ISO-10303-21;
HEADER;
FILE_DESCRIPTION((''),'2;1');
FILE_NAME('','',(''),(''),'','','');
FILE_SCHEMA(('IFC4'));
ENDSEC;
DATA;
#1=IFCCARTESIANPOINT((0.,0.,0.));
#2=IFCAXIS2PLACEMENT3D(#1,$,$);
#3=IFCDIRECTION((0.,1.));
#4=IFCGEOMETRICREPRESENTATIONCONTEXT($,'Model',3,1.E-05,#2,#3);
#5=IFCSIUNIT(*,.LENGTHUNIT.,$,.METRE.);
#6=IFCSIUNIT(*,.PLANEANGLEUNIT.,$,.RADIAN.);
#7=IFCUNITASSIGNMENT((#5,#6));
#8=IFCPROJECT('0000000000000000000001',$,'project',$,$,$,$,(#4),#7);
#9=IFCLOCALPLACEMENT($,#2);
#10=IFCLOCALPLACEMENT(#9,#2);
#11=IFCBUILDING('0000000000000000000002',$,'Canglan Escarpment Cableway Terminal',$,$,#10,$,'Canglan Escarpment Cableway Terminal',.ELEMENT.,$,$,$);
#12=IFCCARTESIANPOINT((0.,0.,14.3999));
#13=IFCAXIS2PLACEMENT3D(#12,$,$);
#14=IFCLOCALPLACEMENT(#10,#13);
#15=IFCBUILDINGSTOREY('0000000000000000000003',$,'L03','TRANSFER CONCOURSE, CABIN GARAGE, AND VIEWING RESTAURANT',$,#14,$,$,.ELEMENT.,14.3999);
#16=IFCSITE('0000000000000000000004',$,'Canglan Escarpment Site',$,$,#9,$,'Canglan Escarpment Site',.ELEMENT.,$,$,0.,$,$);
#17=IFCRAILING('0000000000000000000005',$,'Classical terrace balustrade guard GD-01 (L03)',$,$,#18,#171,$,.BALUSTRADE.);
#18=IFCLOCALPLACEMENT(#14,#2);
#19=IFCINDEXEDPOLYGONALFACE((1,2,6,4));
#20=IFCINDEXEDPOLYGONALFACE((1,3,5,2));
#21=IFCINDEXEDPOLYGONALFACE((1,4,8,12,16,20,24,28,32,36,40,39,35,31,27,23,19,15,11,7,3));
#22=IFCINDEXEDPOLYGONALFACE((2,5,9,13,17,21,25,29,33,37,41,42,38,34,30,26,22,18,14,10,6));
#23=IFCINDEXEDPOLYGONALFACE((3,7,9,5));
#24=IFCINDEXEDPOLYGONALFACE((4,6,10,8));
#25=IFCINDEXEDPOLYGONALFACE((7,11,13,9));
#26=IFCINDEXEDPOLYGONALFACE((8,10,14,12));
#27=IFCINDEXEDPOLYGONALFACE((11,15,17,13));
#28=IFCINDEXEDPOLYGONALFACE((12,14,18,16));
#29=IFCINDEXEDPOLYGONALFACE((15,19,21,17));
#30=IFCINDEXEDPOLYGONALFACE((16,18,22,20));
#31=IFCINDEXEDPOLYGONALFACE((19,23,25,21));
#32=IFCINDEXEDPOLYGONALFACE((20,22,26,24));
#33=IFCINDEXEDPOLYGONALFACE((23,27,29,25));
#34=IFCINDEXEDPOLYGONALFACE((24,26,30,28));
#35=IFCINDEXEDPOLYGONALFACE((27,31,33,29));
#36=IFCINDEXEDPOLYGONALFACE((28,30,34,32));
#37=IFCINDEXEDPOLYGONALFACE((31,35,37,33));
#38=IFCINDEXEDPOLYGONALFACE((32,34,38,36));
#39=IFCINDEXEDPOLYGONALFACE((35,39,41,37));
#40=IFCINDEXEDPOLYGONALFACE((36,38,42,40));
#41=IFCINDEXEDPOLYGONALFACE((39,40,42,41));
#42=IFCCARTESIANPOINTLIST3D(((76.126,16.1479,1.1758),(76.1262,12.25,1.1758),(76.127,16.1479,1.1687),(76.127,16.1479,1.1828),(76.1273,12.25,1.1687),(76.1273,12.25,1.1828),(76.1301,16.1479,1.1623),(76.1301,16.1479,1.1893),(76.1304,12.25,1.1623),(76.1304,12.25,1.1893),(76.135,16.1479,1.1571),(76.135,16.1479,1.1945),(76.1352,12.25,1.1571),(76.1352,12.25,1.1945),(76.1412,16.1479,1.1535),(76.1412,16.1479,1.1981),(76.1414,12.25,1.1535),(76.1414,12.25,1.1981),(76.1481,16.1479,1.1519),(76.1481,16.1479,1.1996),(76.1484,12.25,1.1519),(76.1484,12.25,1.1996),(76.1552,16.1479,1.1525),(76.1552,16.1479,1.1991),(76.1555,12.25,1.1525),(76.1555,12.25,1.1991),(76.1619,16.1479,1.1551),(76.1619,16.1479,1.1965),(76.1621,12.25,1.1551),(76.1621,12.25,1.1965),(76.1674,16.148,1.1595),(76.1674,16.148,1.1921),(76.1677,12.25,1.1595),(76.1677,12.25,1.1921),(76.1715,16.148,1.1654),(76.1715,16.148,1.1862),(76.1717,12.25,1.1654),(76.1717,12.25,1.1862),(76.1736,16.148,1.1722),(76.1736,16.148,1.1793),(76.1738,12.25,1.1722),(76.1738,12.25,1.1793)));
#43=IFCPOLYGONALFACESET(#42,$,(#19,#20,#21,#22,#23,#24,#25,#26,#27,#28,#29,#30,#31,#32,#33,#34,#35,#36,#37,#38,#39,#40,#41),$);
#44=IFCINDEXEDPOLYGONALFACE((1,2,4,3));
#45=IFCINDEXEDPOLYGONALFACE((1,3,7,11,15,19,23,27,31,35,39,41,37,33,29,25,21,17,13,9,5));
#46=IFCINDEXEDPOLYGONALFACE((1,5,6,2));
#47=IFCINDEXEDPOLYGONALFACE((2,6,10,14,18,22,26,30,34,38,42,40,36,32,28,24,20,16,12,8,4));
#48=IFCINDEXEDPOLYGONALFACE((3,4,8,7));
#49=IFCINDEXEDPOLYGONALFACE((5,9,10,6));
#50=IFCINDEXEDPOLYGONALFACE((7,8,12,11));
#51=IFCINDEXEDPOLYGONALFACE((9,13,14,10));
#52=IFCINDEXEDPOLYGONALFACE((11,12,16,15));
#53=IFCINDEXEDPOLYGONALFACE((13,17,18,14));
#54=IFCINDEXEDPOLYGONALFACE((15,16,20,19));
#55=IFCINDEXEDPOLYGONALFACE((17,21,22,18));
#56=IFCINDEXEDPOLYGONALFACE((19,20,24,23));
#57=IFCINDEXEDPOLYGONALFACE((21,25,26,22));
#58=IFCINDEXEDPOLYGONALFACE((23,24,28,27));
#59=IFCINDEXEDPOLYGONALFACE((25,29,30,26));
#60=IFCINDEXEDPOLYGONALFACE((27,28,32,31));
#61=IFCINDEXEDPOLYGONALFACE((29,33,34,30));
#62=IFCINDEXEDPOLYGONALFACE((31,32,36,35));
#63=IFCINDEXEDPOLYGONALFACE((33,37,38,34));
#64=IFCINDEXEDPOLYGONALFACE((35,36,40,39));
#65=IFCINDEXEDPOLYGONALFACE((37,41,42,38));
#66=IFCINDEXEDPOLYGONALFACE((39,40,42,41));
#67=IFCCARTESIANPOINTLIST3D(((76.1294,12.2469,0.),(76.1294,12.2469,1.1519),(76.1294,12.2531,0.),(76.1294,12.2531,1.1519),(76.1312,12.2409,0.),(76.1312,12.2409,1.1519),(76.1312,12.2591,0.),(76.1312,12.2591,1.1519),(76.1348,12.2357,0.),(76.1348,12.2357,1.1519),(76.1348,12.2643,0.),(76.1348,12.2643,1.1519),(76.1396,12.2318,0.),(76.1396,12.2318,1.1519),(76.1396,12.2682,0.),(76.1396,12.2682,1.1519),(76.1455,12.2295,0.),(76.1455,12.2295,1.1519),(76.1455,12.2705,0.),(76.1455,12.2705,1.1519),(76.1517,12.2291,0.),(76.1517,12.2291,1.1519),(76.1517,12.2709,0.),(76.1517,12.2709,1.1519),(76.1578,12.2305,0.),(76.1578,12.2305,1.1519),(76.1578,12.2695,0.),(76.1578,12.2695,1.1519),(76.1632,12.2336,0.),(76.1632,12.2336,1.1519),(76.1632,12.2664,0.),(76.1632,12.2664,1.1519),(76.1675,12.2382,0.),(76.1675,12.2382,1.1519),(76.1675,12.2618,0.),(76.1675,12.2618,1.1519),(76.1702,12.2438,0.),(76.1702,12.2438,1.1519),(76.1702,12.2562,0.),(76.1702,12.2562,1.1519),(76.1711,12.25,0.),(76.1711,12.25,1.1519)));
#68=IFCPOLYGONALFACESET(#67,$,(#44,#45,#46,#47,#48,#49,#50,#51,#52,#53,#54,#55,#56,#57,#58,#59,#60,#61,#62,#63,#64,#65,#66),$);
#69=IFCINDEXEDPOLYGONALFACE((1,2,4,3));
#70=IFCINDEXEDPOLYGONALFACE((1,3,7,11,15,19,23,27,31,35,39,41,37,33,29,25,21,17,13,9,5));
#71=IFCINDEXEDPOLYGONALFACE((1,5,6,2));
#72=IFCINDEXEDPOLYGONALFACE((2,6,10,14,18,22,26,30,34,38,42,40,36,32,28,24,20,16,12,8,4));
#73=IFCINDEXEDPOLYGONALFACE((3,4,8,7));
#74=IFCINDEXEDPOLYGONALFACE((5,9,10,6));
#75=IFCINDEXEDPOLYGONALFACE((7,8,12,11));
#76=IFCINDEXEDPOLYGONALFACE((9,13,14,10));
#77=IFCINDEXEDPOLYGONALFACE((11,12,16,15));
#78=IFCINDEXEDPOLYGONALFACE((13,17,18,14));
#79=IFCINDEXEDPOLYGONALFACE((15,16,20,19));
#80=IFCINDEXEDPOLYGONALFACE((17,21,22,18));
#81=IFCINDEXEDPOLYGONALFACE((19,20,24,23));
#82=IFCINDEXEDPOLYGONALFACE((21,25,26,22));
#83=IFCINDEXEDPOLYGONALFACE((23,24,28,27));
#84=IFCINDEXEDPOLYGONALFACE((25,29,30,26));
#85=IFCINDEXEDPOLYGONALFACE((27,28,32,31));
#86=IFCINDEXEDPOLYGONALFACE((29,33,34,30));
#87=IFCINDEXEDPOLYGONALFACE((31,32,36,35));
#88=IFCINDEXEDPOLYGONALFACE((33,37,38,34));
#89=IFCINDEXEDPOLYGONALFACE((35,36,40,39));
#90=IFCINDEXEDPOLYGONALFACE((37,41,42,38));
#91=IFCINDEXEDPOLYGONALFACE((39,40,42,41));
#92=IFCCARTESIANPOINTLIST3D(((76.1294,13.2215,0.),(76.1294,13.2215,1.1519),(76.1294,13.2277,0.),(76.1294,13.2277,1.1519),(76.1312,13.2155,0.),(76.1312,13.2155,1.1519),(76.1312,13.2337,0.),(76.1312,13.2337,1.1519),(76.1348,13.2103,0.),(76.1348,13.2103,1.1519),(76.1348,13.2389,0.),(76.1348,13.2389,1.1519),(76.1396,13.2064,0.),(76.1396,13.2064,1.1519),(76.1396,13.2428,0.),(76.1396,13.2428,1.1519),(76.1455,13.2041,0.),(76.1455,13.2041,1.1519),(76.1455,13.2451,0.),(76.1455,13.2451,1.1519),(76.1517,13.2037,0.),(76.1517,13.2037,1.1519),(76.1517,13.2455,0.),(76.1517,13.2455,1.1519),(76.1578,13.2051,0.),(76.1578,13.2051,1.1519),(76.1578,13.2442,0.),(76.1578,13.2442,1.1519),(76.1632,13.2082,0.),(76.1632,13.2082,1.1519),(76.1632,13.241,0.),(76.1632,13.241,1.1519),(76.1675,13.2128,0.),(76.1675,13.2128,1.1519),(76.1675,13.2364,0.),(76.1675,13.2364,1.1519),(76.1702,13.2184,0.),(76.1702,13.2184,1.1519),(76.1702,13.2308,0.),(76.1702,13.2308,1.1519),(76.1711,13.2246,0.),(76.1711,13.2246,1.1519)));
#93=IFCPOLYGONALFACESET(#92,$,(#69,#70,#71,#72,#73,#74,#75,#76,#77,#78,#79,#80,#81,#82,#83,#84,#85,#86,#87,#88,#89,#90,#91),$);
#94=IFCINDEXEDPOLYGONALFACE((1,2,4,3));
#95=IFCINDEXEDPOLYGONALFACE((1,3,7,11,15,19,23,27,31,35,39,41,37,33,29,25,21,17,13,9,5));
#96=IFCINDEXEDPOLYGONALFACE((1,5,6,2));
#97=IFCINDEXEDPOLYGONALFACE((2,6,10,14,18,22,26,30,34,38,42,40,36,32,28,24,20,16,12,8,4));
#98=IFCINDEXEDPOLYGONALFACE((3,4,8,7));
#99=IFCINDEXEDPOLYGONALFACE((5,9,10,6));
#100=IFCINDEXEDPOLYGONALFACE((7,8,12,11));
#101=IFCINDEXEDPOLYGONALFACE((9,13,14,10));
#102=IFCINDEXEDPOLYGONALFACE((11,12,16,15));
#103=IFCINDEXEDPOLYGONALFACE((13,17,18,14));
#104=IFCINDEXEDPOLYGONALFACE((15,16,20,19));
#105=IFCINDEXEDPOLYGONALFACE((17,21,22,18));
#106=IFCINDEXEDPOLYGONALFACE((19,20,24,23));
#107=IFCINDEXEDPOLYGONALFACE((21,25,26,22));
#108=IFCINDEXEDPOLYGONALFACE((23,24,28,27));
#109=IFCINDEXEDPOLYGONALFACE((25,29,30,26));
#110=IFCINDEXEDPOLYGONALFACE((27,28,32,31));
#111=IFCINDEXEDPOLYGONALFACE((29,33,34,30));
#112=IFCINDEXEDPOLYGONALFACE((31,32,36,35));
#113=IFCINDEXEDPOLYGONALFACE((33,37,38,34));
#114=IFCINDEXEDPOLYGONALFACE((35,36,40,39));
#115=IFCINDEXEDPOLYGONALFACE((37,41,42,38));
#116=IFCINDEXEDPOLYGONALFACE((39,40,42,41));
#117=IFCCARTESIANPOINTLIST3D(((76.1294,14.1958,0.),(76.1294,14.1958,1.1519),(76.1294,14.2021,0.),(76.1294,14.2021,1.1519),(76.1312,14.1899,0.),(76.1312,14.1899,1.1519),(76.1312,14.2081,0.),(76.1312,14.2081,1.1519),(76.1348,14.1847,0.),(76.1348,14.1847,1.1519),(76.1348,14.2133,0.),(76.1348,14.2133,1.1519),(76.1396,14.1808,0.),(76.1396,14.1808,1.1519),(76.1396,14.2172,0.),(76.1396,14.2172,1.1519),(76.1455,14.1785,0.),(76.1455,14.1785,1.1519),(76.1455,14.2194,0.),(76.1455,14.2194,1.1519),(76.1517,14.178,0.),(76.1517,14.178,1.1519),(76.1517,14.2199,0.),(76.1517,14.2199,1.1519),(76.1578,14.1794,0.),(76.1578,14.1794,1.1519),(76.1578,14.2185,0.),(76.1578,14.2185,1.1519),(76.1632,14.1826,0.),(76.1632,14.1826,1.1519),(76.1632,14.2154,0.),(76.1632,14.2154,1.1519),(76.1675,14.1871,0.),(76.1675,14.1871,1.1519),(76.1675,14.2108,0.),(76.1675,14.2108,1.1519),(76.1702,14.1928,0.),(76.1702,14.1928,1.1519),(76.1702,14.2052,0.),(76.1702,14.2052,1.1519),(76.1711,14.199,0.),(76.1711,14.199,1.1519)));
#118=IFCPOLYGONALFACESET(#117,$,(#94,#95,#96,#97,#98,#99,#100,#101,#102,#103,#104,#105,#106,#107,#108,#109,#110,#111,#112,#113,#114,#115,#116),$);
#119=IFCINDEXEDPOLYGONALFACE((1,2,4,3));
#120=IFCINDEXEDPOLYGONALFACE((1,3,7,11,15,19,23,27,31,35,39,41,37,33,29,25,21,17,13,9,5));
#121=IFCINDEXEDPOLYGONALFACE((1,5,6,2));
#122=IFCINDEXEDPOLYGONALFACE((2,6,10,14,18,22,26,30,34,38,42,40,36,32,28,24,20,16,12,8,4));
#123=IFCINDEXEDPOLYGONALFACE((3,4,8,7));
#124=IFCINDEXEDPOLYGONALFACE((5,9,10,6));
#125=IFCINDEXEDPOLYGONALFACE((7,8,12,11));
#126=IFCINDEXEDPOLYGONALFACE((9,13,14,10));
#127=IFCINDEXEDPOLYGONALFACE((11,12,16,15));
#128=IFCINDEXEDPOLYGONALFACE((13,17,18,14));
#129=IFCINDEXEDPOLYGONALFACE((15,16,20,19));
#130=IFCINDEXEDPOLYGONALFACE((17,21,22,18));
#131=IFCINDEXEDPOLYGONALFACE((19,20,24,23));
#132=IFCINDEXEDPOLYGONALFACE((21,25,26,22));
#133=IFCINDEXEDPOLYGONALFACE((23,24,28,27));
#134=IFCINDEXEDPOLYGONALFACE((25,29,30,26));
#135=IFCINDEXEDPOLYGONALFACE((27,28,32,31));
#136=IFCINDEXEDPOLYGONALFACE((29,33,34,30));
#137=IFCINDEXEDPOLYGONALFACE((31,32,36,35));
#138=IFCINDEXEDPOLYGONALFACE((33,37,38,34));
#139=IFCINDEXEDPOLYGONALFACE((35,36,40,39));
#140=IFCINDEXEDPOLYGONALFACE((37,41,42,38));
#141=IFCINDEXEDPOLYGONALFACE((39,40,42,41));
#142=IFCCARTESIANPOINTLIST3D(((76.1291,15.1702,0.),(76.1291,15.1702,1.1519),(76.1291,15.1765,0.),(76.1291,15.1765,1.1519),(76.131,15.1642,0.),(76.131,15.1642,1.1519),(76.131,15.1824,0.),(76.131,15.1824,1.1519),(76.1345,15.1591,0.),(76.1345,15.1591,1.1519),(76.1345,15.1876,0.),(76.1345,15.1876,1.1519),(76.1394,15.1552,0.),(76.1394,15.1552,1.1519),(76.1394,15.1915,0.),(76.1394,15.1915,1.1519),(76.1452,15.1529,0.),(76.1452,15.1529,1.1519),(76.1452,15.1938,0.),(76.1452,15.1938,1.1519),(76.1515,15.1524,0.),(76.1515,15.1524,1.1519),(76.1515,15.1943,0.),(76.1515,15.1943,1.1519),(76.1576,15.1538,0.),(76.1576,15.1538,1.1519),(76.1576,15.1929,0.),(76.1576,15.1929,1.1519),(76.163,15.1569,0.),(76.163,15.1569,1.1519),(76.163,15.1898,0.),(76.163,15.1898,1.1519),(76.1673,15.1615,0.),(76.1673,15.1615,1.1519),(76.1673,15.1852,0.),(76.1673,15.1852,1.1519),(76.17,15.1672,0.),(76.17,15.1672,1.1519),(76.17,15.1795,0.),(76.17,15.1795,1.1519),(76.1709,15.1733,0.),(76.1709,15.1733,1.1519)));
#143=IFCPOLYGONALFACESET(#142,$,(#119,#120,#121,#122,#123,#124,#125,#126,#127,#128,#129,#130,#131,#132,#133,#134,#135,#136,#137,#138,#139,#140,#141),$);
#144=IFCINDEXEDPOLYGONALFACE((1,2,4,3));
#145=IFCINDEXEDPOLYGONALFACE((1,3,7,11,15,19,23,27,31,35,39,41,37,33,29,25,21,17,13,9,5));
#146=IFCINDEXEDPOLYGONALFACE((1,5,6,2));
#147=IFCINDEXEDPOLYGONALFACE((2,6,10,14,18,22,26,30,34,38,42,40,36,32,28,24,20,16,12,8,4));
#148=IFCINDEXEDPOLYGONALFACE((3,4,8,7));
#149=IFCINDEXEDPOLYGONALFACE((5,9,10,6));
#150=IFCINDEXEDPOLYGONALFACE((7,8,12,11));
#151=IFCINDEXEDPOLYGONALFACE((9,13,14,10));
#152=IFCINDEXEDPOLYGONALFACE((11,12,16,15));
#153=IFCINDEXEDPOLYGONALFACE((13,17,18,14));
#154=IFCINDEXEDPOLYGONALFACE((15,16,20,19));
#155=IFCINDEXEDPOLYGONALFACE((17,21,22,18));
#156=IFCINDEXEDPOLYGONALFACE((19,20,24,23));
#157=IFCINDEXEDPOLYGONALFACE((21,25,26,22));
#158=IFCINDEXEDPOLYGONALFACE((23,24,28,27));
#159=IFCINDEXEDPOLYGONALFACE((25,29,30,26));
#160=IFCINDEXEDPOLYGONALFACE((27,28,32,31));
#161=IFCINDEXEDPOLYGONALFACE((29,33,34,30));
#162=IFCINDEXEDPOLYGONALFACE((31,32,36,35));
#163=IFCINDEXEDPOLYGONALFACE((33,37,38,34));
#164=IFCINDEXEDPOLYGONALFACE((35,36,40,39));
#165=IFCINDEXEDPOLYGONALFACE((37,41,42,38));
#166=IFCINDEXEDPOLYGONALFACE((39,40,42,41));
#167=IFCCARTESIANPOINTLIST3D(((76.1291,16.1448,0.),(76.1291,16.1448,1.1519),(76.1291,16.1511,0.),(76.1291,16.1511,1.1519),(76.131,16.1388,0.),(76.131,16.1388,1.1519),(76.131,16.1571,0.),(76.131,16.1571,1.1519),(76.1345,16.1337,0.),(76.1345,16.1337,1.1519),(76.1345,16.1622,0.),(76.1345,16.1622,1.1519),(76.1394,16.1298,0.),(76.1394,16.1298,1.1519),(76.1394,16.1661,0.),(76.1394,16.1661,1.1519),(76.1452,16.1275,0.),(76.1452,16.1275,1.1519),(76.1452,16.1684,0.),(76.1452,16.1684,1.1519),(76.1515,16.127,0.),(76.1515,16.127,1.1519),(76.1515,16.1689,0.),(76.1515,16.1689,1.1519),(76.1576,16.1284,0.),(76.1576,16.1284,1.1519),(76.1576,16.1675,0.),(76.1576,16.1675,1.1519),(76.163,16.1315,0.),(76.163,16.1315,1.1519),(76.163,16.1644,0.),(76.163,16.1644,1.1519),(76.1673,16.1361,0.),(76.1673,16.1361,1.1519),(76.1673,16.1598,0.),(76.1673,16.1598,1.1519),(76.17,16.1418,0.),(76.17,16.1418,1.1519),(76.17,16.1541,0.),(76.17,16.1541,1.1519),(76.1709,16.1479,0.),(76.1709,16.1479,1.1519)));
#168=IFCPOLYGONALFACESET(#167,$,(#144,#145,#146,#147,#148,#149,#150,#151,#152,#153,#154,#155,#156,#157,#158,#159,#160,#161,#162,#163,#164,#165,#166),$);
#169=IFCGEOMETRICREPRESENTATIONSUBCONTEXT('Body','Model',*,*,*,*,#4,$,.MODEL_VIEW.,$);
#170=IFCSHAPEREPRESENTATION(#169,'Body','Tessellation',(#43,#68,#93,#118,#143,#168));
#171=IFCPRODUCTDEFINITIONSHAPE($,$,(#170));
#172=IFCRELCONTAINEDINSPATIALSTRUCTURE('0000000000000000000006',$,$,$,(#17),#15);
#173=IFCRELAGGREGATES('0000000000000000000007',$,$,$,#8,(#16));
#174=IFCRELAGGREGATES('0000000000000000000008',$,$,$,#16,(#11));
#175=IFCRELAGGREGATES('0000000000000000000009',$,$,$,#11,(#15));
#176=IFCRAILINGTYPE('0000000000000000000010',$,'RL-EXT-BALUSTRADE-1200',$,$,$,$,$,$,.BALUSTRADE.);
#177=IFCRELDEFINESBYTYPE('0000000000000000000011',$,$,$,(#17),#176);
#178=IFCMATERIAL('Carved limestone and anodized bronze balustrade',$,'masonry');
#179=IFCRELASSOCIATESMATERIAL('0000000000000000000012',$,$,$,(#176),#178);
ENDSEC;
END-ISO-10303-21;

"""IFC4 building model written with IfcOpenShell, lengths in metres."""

from ifc_helpers import new_model, si_unit, direction, frame, origin, origin_2d, place, context, subcontext, project, spatial, circle, extrude, material, type_object, element, save


model = new_model("IFC4")

# Units and contexts
model_context = context("Model", 3, precision=1e-05, world=origin(), true_north=direction((0.0, 1.0)))
body_context = subcontext(model_context, "Body", "Model", "MODEL_VIEW")
ifc_project = project(units=[si_unit("LENGTHUNIT", "METRE"), si_unit("PLANEANGLEUNIT", "RADIAN")], contexts=[model_context])

# Site, building, storey
site_placement = place(None, origin())
site = spatial("IfcSite", under=ifc_project, at=site_placement, Name="Canglan Escarpment Site", LongName="Canglan Escarpment Site", CompositionType="ELEMENT", RefElevation=0.0)
building_placement = place(site_placement, origin())
building = spatial("IfcBuilding", under=site, at=building_placement, Name="Canglan Escarpment Cableway Terminal", LongName="Canglan Escarpment Cableway Terminal", CompositionType="ELEMENT")
storey_placement = place(building_placement, frame((0.0, 0.0, 14.3999)))
storey = spatial("IfcBuildingStorey", under=building, at=storey_placement, Name="L03", Description="TRANSFER CONCOURSE, CABIN GARAGE, AND VIEWING RESTAURANT", CompositionType="ELEMENT", Elevation=14.3999)

# Railing
ifc_material_1 = material(Name="Carved limestone and anodized bronze balustrade", Category="masonry")
railing_type = type_object("IfcRailingType", Name="RL-EXT-BALUSTRADE-1200", PredefinedType="BALUSTRADE", material=ifc_material_1)
railing_1_placement = place(storey_placement, frame((76.1501, 12.25, 0.0)))
element("IfcRailing", 1, at=railing_1_placement, inside=storey, type_object=railing_type, Name="Classical terrace balustrade guard GD-01 (L03)", PredefinedType="BALUSTRADE", context=body_context, shape_type="SweptSolid", body=[
    extrude(circle(Radius=0.0239, at=origin_2d()), frame((0.0, 0.0, 1.1758), z_axis=(-0.000063, 1.0, 0.0), x_axis=(-1.0, -0.000063, 0.0)), (0.0, 0.0, 1.0), 3.8979),
    extrude(circle(Radius=0.021, at=origin_2d()), origin(), (0.0, 0.0, 1.0), 1.1519),
    extrude(circle(Radius=0.021, at=origin_2d()), frame((0.0, 0.9746, 0.0)), (0.0, 0.0, 1.0), 1.1519),
    extrude(circle(Radius=0.021, at=origin_2d()), frame((0.0, 1.949, 0.0)), (0.0, 0.0, 1.0), 1.1519),
    extrude(circle(Radius=0.021, at=origin_2d()), frame((-0.0002, 2.9233, 0.0)), (0.0, 0.0, 1.0), 1.1519),
    extrude(circle(Radius=0.021, at=origin_2d()), frame((-0.0002, 3.8979, 0.0)), (0.0, 0.0, 1.0), 1.1519),
])

save(model, "model.ifc")
